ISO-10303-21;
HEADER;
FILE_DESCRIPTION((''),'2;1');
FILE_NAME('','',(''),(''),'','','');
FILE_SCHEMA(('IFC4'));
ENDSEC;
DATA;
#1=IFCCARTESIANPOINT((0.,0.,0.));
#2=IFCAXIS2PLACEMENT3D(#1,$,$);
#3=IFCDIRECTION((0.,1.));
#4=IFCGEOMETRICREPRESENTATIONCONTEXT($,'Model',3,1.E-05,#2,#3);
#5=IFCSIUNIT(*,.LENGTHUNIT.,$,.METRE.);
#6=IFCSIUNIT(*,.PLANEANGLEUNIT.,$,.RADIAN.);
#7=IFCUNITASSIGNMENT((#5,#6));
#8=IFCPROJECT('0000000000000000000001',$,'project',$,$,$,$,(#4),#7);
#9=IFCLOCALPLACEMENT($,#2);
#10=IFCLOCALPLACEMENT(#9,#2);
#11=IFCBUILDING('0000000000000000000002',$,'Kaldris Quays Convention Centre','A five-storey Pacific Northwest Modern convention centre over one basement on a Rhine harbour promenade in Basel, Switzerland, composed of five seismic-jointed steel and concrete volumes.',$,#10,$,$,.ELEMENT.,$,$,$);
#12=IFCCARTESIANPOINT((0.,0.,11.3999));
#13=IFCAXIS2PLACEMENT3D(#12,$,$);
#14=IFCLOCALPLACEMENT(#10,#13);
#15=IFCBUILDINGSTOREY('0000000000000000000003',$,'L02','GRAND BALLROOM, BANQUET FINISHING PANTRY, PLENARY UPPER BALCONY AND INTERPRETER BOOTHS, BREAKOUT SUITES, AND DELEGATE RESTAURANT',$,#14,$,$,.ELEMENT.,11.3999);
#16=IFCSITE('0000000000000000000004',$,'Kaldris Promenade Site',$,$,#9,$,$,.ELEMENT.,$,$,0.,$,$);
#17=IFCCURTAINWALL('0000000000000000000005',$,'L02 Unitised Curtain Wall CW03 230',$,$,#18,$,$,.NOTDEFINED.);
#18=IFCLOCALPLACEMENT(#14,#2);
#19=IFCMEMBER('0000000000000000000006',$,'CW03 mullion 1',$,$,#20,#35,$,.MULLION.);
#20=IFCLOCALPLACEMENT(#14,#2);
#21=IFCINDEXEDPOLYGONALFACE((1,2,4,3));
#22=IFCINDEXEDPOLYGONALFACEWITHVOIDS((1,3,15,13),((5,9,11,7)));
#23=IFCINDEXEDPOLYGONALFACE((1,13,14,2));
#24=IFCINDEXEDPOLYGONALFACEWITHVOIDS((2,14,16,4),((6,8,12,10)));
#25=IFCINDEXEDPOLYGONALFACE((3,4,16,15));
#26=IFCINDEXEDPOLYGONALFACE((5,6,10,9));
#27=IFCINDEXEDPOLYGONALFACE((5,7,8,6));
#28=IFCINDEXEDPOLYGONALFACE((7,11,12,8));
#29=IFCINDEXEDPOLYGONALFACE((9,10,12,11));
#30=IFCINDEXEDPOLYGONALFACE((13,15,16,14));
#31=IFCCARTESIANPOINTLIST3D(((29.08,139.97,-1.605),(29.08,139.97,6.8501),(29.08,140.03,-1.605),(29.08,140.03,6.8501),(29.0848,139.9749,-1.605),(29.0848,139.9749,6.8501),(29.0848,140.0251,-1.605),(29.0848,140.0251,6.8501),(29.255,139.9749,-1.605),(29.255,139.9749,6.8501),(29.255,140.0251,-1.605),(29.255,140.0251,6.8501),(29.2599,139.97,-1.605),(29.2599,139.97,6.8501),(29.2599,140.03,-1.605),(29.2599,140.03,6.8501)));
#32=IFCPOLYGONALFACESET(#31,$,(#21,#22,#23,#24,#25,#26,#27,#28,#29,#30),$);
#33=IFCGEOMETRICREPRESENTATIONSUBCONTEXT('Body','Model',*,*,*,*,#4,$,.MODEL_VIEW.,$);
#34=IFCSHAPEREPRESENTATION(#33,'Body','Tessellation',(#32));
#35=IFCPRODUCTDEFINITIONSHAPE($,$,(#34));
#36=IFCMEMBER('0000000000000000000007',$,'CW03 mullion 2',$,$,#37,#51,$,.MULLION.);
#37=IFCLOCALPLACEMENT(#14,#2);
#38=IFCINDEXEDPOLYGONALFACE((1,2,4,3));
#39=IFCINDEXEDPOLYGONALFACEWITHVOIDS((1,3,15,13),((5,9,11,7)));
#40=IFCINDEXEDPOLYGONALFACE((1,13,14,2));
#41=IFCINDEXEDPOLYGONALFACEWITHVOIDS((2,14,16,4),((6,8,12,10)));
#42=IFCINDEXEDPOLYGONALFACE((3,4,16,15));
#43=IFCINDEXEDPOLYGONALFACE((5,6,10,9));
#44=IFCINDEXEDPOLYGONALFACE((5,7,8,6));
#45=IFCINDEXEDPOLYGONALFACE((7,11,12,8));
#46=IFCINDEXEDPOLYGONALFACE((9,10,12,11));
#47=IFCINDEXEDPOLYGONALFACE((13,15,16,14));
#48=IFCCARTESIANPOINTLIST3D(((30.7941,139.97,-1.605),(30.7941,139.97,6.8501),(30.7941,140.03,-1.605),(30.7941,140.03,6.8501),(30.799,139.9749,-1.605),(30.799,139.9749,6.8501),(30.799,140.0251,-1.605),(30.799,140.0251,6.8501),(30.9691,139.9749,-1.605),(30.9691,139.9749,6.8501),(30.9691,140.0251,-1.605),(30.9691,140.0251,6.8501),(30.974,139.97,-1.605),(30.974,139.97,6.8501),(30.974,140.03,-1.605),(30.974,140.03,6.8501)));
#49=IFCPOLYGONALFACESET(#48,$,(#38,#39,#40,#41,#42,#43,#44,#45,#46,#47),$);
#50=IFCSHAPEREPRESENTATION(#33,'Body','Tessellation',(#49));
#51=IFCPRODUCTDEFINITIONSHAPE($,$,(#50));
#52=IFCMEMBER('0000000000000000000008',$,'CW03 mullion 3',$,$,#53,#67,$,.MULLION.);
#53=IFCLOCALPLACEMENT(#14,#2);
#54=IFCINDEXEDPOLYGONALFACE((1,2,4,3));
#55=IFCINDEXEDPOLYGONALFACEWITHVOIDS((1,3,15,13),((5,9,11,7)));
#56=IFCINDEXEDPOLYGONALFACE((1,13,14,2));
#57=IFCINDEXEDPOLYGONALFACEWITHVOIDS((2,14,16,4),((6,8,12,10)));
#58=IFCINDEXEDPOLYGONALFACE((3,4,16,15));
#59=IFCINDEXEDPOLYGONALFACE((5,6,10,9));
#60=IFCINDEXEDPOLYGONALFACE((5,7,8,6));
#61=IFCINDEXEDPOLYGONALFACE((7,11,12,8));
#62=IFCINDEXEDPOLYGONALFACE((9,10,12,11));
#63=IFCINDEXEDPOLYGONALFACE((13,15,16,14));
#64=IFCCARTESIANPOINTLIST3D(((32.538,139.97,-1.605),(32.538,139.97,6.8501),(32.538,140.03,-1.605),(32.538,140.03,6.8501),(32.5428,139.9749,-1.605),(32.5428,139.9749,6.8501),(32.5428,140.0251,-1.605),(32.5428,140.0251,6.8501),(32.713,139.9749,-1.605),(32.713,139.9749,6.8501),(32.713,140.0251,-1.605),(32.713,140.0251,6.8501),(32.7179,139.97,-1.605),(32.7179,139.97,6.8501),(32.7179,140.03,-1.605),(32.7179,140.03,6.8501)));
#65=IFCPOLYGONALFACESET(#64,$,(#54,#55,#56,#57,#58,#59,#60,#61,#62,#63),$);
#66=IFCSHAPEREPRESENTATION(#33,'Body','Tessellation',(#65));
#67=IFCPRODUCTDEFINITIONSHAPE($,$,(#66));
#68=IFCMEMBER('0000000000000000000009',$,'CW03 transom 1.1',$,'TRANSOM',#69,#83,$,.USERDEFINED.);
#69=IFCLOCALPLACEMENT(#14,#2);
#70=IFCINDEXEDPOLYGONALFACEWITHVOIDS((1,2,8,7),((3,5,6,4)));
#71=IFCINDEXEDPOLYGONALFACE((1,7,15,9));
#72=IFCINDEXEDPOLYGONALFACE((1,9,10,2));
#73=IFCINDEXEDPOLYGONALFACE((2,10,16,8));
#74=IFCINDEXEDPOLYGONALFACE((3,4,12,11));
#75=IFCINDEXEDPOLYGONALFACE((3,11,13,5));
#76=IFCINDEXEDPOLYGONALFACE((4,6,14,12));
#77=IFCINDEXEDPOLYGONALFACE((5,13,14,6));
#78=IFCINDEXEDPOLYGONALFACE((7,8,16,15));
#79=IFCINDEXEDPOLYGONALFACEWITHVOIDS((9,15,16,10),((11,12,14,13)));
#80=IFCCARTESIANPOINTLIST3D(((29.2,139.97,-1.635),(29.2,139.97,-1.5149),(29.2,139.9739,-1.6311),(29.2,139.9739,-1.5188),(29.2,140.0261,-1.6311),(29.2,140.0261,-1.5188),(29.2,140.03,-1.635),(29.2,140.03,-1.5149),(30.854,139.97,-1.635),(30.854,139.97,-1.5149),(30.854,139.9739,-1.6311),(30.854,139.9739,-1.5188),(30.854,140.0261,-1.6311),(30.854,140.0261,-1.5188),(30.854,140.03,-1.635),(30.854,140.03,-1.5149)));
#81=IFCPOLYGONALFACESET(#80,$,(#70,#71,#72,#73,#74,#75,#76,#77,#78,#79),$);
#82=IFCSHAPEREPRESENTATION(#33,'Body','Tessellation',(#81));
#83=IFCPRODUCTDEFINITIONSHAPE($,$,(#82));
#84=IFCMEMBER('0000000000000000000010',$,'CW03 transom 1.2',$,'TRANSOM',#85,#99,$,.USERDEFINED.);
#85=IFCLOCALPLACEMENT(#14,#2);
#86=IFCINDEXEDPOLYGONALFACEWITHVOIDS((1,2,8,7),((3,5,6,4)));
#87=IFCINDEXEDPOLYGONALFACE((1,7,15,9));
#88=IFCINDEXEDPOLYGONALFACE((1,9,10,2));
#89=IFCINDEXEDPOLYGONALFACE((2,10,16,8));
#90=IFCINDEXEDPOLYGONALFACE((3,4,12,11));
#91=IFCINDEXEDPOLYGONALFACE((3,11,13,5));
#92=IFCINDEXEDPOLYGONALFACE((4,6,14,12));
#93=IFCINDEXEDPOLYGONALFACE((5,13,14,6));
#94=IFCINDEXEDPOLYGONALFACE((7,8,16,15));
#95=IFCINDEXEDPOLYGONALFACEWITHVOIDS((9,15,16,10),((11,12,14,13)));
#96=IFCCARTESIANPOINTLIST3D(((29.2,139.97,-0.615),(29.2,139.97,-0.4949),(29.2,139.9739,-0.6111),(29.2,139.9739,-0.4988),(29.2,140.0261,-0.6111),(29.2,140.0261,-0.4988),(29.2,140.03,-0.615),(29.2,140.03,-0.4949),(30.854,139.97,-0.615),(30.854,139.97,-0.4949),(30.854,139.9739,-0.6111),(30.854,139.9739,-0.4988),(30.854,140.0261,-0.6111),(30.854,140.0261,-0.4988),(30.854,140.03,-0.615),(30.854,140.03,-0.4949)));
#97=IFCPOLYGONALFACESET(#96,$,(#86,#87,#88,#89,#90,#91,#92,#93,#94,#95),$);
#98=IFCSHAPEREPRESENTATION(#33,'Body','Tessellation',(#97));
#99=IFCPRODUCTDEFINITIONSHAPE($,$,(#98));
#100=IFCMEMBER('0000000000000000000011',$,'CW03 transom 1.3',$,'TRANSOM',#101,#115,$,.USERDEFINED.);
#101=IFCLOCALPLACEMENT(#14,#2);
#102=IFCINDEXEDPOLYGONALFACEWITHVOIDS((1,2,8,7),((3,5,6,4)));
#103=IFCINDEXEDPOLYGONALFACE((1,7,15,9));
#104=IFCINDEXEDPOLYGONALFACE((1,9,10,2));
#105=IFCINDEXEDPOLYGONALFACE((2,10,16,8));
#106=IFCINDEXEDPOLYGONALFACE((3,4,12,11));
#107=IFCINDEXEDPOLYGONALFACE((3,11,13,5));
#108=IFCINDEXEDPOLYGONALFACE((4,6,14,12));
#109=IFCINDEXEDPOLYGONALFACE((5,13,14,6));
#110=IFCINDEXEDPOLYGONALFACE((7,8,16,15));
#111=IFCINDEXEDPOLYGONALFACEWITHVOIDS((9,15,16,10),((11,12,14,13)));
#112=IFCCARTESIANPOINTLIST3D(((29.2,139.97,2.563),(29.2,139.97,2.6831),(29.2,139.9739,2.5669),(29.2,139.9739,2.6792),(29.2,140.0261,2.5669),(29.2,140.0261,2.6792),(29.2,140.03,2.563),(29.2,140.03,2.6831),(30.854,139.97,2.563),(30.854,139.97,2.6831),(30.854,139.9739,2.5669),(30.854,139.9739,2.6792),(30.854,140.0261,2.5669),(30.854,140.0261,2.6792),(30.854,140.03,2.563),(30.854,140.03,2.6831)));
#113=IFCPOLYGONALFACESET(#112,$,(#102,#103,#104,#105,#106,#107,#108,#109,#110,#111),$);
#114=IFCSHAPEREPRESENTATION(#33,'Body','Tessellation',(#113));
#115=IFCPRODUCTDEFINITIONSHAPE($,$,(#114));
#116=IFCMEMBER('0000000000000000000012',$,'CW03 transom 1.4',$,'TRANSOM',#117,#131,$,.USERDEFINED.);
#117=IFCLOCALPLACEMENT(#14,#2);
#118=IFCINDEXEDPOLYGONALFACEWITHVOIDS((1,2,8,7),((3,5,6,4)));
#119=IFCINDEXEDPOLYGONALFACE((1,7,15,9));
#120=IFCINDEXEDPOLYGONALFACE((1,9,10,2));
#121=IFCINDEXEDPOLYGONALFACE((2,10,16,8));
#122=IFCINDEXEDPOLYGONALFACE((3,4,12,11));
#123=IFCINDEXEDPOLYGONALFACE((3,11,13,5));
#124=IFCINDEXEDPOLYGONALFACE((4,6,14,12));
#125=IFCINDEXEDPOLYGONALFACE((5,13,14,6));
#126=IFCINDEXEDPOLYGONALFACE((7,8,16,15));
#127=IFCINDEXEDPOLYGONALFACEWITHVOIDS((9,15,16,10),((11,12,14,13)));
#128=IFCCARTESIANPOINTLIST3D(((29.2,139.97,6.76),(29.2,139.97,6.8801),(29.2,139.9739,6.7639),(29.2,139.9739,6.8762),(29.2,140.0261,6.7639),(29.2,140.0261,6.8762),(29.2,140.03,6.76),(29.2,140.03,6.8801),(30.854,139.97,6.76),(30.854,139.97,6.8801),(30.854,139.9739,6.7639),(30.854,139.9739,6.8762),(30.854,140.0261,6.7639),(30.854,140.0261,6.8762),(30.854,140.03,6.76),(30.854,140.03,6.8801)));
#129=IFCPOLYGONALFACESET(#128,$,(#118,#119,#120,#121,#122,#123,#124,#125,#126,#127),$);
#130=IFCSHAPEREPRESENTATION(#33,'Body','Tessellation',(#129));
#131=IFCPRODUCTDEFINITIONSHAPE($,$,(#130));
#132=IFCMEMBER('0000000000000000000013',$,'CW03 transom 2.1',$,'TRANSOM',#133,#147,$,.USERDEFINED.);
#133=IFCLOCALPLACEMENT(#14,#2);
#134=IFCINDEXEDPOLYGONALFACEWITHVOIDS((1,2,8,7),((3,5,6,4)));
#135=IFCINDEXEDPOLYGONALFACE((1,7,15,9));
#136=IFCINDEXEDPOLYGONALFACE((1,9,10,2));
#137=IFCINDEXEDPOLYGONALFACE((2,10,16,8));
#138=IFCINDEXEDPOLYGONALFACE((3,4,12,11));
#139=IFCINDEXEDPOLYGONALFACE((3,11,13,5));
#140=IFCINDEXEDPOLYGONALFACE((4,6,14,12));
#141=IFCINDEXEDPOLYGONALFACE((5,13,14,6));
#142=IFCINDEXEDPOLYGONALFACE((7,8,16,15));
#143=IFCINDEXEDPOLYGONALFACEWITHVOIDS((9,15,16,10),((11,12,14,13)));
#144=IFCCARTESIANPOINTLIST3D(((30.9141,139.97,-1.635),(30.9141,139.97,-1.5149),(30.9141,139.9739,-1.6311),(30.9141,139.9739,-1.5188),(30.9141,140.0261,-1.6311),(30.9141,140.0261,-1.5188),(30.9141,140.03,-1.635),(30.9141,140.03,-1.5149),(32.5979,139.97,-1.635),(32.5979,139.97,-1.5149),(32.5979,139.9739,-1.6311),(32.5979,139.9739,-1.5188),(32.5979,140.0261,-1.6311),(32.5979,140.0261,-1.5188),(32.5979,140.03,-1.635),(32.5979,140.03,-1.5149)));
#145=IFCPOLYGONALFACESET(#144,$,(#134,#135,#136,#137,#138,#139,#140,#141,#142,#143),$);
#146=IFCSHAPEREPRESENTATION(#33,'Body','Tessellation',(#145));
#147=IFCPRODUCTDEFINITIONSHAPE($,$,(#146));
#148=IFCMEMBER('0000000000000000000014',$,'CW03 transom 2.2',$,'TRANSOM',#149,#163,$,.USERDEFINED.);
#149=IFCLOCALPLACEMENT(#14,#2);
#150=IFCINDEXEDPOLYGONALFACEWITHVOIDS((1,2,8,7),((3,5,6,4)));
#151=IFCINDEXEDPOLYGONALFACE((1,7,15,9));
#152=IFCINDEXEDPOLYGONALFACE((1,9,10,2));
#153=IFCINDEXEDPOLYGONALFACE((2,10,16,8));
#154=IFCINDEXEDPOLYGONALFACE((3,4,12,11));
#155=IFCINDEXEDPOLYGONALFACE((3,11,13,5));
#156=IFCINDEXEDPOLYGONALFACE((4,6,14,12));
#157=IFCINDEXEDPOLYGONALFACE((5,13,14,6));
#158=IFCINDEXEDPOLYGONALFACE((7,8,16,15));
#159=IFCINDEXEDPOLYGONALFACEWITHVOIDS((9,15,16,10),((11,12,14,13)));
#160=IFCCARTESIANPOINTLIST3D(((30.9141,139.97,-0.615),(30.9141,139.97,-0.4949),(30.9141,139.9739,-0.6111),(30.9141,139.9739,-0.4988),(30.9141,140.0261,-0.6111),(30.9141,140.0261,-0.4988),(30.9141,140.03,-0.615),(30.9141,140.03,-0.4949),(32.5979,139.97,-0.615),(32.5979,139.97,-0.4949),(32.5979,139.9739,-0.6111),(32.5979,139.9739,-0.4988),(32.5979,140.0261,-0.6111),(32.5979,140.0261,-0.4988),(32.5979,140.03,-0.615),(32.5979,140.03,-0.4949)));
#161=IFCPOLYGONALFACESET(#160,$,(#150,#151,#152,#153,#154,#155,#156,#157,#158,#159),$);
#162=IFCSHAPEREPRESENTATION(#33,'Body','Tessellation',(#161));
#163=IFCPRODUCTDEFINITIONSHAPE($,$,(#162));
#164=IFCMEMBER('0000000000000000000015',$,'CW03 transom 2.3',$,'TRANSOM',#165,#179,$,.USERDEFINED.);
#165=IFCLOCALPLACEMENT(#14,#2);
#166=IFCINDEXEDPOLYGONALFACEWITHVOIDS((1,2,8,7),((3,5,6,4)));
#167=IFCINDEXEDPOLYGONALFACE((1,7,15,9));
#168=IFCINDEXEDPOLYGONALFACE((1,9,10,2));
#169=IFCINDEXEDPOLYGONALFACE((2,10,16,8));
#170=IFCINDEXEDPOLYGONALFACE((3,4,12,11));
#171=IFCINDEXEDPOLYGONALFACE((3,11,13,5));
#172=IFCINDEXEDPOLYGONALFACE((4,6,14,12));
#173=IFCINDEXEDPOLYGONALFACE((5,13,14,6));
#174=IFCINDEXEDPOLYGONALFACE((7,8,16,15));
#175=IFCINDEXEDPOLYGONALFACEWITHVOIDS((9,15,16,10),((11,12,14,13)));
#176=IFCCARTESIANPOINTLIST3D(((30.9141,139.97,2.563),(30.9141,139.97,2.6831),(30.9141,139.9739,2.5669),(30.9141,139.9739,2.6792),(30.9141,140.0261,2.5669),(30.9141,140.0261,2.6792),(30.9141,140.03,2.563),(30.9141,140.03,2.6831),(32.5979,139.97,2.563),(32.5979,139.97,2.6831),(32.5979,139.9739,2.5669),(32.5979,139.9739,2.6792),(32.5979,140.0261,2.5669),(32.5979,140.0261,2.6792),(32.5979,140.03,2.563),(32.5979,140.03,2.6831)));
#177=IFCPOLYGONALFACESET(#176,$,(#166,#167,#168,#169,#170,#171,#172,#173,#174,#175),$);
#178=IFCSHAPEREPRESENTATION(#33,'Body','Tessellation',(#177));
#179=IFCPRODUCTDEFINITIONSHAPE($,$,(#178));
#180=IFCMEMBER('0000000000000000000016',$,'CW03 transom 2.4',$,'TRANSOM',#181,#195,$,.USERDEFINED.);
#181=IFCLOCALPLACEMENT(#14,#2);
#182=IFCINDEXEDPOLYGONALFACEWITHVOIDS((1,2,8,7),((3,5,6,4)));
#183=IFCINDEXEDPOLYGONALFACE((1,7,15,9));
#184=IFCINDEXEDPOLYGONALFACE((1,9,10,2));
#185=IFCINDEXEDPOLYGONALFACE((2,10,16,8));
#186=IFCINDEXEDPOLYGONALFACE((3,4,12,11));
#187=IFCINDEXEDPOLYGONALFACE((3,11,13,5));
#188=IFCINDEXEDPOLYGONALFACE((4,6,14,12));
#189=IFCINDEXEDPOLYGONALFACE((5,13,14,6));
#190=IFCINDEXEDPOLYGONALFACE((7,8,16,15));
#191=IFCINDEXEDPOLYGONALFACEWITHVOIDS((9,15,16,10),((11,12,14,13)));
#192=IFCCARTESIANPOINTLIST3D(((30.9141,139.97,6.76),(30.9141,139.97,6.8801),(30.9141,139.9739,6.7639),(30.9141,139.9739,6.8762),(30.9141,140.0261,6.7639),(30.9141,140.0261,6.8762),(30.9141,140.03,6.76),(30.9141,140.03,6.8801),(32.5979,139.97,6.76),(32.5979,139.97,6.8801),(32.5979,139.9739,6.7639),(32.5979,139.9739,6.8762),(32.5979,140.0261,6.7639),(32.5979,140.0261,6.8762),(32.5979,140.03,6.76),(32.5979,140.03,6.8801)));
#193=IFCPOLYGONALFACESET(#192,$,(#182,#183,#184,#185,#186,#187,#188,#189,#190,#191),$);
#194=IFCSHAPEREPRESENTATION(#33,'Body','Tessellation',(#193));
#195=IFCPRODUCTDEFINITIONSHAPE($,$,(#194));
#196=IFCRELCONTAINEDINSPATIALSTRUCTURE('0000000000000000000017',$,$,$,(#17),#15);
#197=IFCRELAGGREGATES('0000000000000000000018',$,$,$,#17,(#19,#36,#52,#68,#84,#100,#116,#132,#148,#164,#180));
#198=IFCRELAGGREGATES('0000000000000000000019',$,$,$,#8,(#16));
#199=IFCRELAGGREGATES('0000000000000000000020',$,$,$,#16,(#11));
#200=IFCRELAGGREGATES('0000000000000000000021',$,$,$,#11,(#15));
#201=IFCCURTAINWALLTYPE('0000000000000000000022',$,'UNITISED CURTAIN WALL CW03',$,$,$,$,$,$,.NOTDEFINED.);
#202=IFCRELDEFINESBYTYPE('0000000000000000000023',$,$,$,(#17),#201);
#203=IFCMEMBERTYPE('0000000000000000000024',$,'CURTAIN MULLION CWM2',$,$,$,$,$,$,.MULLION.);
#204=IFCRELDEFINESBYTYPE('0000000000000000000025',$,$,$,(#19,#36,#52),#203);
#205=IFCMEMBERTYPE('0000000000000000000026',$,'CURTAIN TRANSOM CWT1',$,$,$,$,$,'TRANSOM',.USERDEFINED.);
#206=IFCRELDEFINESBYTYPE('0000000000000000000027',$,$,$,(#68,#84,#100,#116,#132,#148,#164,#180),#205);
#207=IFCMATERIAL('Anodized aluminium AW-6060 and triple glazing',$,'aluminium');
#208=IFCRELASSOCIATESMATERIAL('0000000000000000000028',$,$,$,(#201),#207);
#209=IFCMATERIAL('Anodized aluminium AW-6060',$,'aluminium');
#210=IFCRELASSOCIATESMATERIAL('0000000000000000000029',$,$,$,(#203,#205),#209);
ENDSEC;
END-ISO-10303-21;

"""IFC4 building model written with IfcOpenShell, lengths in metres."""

from ifc_helpers import new_model, si_unit, direction, frame, origin, origin_2d, place, context, subcontext, project, spatial, hollow_rectangle, extrude, material, material_profile, profile_set, type_object, element, aggregate, save


model = new_model("IFC4")

# Units and contexts
model_context = context("Model", 3, precision=1e-05, world=origin(), true_north=direction((0.0, 1.0)))
body_context = subcontext(model_context, "Body", "Model", "MODEL_VIEW")
ifc_project = project(units=[si_unit("LENGTHUNIT", "METRE"), si_unit("PLANEANGLEUNIT", "RADIAN")], contexts=[model_context])

# Site, building, storey
site_placement = place(None, origin())
site = spatial("IfcSite", under=ifc_project, at=site_placement, Name="Kaldris Promenade Site", CompositionType="ELEMENT", RefElevation=0.0)
building_placement = place(site_placement, origin())
building = spatial("IfcBuilding", under=site, at=building_placement, Name="Kaldris Quays Convention Centre", Description="A five-storey Pacific Northwest Modern convention centre over one basement on a Rhine harbour promenade in Basel, Switzerland, composed of five seismic-jointed steel and concrete volumes.", CompositionType="ELEMENT")
storey_placement = place(building_placement, frame((0.0, 0.0, 11.3999)))
storey = spatial("IfcBuildingStorey", under=building, at=storey_placement, Name="L02", Description="GRAND BALLROOM, BANQUET FINISHING PANTRY, PLENARY UPPER BALCONY AND INTERPRETER BOOTHS, BREAKOUT SUITES, AND DELEGATE RESTAURANT", CompositionType="ELEMENT", Elevation=11.3999)

# Curtain wall, members
ifc_material_1 = material(Name="Anodized aluminium AW-6060 and triple glazing", Category="aluminium")
curtain_wall_type = type_object("IfcCurtainWallType", Name="UNITISED CURTAIN WALL CW03", PredefinedType="NOTDEFINED", material=ifc_material_1)
curtain_wall_placement = place(storey_placement, origin())
curtain_wall = element("IfcCurtainWall", 1, at=curtain_wall_placement, inside=storey, type_object=curtain_wall_type, Name="L02 Unitised Curtain Wall CW03 230", PredefinedType="NOTDEFINED")
ifc_material_2 = material(Name="Anodized aluminium AW-6060", Category="aluminium")
ifc_material_profile_1 = material_profile(ifc_material_2, hollow_rectangle(XDim=0.0601, YDim=0.1799, WallThickness=0.0049, at=origin_2d()), Name="RHS 180x60x5")
ifc_profile_set_1 = profile_set([ifc_material_profile_1], Name="Anodized aluminium AW-6060")
member_type_1 = type_object("IfcMemberType", Name="CURTAIN MULLION CWM2", PredefinedType="MULLION", material=ifc_profile_set_1)
member_1_placement = place(storey_placement, frame((29.1699, 140.0, -1.605), z_axis=(0.0, 0.0, 1.0), x_axis=(0.0, 1.0, 0.0)))
member_1 = element("IfcMember", 2, at=member_1_placement, type_object=member_type_1, Name="CW03 mullion 1", PredefinedType="MULLION", context=body_context, shape_type="SweptSolid", body=[
    extrude(hollow_rectangle(XDim=0.0601, YDim=0.1799, WallThickness=0.0049, at=origin_2d()), origin(), (0.0, 0.0, 1.0), 8.4551),
])
member_2_placement = place(storey_placement, frame((30.884, 140.0, -1.605), z_axis=(0.0, 0.0, 1.0), x_axis=(0.0, 1.0, 0.0)))
member_2 = element("IfcMember", 3, at=member_2_placement, type_object=member_type_1, Name="CW03 mullion 2", PredefinedType="MULLION", context=body_context, shape_type="SweptSolid", body=[
    extrude(hollow_rectangle(XDim=0.0601, YDim=0.1799, WallThickness=0.0049, at=origin_2d()), origin(), (0.0, 0.0, 1.0), 8.4551),
])
member_3_placement = place(storey_placement, frame((32.6279, 140.0, -1.605), z_axis=(0.0, 0.0, 1.0), x_axis=(0.0, 1.0, 0.0)))
member_3 = element("IfcMember", 4, at=member_3_placement, type_object=member_type_1, Name="CW03 mullion 3", PredefinedType="MULLION", context=body_context, shape_type="SweptSolid", body=[
    extrude(hollow_rectangle(XDim=0.0601, YDim=0.1799, WallThickness=0.0049, at=origin_2d()), origin(), (0.0, 0.0, 1.0), 8.4551),
])
ifc_material_profile_2 = material_profile(ifc_material_2, hollow_rectangle(XDim=0.0601, YDim=0.1201, WallThickness=0.0039, at=origin_2d()), Name="RHS 120x60x4")
ifc_profile_set_2 = profile_set([ifc_material_profile_2], Name="Anodized aluminium AW-6060")
member_type_2 = type_object("IfcMemberType", Name="CURTAIN TRANSOM CWT1", ElementType="TRANSOM", PredefinedType="USERDEFINED", material=ifc_profile_set_2)
member_4_placement = place(storey_placement, frame((29.2, 140.0, -1.575), z_axis=(1.0, 0.0, 0.0), x_axis=(0.0, 1.0, 0.0)))
member_4 = element("IfcMember", 5, at=member_4_placement, type_object=member_type_2, Name="CW03 transom 1.1", ObjectType="TRANSOM", PredefinedType="USERDEFINED", context=body_context, shape_type="SweptSolid", body=[
    extrude(hollow_rectangle(XDim=0.0601, YDim=0.1201, WallThickness=0.0039, at=origin_2d()), origin(), (0.0, 0.0, 1.0), 1.6541),
])
member_5_placement = place(storey_placement, frame((29.2, 140.0, -0.5549), z_axis=(1.0, 0.0, 0.0), x_axis=(0.0, 1.0, 0.0)))
member_5 = element("IfcMember", 6, at=member_5_placement, type_object=member_type_2, Name="CW03 transom 1.2", ObjectType="TRANSOM", PredefinedType="USERDEFINED", context=body_context, shape_type="SweptSolid", body=[
    extrude(hollow_rectangle(XDim=0.0601, YDim=0.1201, WallThickness=0.0039, at=origin_2d()), origin(), (0.0, 0.0, 1.0), 1.6541),
])
member_6_placement = place(storey_placement, frame((29.2, 140.0, 2.623), z_axis=(1.0, 0.0, 0.0), x_axis=(0.0, 1.0, 0.0)))
member_6 = element("IfcMember", 7, at=member_6_placement, type_object=member_type_2, Name="CW03 transom 1.3", ObjectType="TRANSOM", PredefinedType="USERDEFINED", context=body_context, shape_type="SweptSolid", body=[
    extrude(hollow_rectangle(XDim=0.0601, YDim=0.1201, WallThickness=0.0039, at=origin_2d()), origin(), (0.0, 0.0, 1.0), 1.6541),
])
member_7_placement = place(storey_placement, frame((29.2, 140.0, 6.8201), z_axis=(1.0, 0.0, 0.0), x_axis=(0.0, 1.0, 0.0)))
member_7 = element("IfcMember", 8, at=member_7_placement, type_object=member_type_2, Name="CW03 transom 1.4", ObjectType="TRANSOM", PredefinedType="USERDEFINED", context=body_context, shape_type="SweptSolid", body=[
    extrude(hollow_rectangle(XDim=0.0601, YDim=0.1201, WallThickness=0.0039, at=origin_2d()), origin(), (0.0, 0.0, 1.0), 1.6541),
])
member_8_placement = place(storey_placement, frame((30.9141, 140.0, -1.575), z_axis=(1.0, 0.0, 0.0), x_axis=(0.0, 1.0, 0.0)))
member_8 = element("IfcMember", 9, at=member_8_placement, type_object=member_type_2, Name="CW03 transom 2.1", ObjectType="TRANSOM", PredefinedType="USERDEFINED", context=body_context, shape_type="SweptSolid", body=[
    extrude(hollow_rectangle(XDim=0.0601, YDim=0.1201, WallThickness=0.0039, at=origin_2d()), origin(), (0.0, 0.0, 1.0), 1.6838),
])
member_9_placement = place(storey_placement, frame((30.9141, 140.0, -0.5549), z_axis=(1.0, 0.0, 0.0), x_axis=(0.0, 1.0, 0.0)))
member_9 = element("IfcMember", 10, at=member_9_placement, type_object=member_type_2, Name="CW03 transom 2.2", ObjectType="TRANSOM", PredefinedType="USERDEFINED", context=body_context, shape_type="SweptSolid", body=[
    extrude(hollow_rectangle(XDim=0.0601, YDim=0.1201, WallThickness=0.0039, at=origin_2d()), origin(), (0.0, 0.0, 1.0), 1.6838),
])
member_10_placement = place(storey_placement, frame((30.9141, 140.0, 2.623), z_axis=(1.0, 0.0, 0.0), x_axis=(0.0, 1.0, 0.0)))
member_10 = element("IfcMember", 11, at=member_10_placement, type_object=member_type_2, Name="CW03 transom 2.3", ObjectType="TRANSOM", PredefinedType="USERDEFINED", context=body_context, shape_type="SweptSolid", body=[
    extrude(hollow_rectangle(XDim=0.0601, YDim=0.1201, WallThickness=0.0039, at=origin_2d()), origin(), (0.0, 0.0, 1.0), 1.6838),
])
member_11_placement = place(storey_placement, frame((30.9141, 140.0, 6.8201), z_axis=(1.0, 0.0, 0.0), x_axis=(0.0, 1.0, 0.0)))
member_11 = element("IfcMember", 12, at=member_11_placement, type_object=member_type_2, Name="CW03 transom 2.4", ObjectType="TRANSOM", PredefinedType="USERDEFINED", context=body_context, shape_type="SweptSolid", body=[
    extrude(hollow_rectangle(XDim=0.0601, YDim=0.1201, WallThickness=0.0039, at=origin_2d()), origin(), (0.0, 0.0, 1.0), 1.6838),
])

aggregate(curtain_wall, [member_1, member_2, member_3, member_4, member_5, member_6, member_7, member_8, member_9, member_10, member_11])

save(model, "model.ifc")
